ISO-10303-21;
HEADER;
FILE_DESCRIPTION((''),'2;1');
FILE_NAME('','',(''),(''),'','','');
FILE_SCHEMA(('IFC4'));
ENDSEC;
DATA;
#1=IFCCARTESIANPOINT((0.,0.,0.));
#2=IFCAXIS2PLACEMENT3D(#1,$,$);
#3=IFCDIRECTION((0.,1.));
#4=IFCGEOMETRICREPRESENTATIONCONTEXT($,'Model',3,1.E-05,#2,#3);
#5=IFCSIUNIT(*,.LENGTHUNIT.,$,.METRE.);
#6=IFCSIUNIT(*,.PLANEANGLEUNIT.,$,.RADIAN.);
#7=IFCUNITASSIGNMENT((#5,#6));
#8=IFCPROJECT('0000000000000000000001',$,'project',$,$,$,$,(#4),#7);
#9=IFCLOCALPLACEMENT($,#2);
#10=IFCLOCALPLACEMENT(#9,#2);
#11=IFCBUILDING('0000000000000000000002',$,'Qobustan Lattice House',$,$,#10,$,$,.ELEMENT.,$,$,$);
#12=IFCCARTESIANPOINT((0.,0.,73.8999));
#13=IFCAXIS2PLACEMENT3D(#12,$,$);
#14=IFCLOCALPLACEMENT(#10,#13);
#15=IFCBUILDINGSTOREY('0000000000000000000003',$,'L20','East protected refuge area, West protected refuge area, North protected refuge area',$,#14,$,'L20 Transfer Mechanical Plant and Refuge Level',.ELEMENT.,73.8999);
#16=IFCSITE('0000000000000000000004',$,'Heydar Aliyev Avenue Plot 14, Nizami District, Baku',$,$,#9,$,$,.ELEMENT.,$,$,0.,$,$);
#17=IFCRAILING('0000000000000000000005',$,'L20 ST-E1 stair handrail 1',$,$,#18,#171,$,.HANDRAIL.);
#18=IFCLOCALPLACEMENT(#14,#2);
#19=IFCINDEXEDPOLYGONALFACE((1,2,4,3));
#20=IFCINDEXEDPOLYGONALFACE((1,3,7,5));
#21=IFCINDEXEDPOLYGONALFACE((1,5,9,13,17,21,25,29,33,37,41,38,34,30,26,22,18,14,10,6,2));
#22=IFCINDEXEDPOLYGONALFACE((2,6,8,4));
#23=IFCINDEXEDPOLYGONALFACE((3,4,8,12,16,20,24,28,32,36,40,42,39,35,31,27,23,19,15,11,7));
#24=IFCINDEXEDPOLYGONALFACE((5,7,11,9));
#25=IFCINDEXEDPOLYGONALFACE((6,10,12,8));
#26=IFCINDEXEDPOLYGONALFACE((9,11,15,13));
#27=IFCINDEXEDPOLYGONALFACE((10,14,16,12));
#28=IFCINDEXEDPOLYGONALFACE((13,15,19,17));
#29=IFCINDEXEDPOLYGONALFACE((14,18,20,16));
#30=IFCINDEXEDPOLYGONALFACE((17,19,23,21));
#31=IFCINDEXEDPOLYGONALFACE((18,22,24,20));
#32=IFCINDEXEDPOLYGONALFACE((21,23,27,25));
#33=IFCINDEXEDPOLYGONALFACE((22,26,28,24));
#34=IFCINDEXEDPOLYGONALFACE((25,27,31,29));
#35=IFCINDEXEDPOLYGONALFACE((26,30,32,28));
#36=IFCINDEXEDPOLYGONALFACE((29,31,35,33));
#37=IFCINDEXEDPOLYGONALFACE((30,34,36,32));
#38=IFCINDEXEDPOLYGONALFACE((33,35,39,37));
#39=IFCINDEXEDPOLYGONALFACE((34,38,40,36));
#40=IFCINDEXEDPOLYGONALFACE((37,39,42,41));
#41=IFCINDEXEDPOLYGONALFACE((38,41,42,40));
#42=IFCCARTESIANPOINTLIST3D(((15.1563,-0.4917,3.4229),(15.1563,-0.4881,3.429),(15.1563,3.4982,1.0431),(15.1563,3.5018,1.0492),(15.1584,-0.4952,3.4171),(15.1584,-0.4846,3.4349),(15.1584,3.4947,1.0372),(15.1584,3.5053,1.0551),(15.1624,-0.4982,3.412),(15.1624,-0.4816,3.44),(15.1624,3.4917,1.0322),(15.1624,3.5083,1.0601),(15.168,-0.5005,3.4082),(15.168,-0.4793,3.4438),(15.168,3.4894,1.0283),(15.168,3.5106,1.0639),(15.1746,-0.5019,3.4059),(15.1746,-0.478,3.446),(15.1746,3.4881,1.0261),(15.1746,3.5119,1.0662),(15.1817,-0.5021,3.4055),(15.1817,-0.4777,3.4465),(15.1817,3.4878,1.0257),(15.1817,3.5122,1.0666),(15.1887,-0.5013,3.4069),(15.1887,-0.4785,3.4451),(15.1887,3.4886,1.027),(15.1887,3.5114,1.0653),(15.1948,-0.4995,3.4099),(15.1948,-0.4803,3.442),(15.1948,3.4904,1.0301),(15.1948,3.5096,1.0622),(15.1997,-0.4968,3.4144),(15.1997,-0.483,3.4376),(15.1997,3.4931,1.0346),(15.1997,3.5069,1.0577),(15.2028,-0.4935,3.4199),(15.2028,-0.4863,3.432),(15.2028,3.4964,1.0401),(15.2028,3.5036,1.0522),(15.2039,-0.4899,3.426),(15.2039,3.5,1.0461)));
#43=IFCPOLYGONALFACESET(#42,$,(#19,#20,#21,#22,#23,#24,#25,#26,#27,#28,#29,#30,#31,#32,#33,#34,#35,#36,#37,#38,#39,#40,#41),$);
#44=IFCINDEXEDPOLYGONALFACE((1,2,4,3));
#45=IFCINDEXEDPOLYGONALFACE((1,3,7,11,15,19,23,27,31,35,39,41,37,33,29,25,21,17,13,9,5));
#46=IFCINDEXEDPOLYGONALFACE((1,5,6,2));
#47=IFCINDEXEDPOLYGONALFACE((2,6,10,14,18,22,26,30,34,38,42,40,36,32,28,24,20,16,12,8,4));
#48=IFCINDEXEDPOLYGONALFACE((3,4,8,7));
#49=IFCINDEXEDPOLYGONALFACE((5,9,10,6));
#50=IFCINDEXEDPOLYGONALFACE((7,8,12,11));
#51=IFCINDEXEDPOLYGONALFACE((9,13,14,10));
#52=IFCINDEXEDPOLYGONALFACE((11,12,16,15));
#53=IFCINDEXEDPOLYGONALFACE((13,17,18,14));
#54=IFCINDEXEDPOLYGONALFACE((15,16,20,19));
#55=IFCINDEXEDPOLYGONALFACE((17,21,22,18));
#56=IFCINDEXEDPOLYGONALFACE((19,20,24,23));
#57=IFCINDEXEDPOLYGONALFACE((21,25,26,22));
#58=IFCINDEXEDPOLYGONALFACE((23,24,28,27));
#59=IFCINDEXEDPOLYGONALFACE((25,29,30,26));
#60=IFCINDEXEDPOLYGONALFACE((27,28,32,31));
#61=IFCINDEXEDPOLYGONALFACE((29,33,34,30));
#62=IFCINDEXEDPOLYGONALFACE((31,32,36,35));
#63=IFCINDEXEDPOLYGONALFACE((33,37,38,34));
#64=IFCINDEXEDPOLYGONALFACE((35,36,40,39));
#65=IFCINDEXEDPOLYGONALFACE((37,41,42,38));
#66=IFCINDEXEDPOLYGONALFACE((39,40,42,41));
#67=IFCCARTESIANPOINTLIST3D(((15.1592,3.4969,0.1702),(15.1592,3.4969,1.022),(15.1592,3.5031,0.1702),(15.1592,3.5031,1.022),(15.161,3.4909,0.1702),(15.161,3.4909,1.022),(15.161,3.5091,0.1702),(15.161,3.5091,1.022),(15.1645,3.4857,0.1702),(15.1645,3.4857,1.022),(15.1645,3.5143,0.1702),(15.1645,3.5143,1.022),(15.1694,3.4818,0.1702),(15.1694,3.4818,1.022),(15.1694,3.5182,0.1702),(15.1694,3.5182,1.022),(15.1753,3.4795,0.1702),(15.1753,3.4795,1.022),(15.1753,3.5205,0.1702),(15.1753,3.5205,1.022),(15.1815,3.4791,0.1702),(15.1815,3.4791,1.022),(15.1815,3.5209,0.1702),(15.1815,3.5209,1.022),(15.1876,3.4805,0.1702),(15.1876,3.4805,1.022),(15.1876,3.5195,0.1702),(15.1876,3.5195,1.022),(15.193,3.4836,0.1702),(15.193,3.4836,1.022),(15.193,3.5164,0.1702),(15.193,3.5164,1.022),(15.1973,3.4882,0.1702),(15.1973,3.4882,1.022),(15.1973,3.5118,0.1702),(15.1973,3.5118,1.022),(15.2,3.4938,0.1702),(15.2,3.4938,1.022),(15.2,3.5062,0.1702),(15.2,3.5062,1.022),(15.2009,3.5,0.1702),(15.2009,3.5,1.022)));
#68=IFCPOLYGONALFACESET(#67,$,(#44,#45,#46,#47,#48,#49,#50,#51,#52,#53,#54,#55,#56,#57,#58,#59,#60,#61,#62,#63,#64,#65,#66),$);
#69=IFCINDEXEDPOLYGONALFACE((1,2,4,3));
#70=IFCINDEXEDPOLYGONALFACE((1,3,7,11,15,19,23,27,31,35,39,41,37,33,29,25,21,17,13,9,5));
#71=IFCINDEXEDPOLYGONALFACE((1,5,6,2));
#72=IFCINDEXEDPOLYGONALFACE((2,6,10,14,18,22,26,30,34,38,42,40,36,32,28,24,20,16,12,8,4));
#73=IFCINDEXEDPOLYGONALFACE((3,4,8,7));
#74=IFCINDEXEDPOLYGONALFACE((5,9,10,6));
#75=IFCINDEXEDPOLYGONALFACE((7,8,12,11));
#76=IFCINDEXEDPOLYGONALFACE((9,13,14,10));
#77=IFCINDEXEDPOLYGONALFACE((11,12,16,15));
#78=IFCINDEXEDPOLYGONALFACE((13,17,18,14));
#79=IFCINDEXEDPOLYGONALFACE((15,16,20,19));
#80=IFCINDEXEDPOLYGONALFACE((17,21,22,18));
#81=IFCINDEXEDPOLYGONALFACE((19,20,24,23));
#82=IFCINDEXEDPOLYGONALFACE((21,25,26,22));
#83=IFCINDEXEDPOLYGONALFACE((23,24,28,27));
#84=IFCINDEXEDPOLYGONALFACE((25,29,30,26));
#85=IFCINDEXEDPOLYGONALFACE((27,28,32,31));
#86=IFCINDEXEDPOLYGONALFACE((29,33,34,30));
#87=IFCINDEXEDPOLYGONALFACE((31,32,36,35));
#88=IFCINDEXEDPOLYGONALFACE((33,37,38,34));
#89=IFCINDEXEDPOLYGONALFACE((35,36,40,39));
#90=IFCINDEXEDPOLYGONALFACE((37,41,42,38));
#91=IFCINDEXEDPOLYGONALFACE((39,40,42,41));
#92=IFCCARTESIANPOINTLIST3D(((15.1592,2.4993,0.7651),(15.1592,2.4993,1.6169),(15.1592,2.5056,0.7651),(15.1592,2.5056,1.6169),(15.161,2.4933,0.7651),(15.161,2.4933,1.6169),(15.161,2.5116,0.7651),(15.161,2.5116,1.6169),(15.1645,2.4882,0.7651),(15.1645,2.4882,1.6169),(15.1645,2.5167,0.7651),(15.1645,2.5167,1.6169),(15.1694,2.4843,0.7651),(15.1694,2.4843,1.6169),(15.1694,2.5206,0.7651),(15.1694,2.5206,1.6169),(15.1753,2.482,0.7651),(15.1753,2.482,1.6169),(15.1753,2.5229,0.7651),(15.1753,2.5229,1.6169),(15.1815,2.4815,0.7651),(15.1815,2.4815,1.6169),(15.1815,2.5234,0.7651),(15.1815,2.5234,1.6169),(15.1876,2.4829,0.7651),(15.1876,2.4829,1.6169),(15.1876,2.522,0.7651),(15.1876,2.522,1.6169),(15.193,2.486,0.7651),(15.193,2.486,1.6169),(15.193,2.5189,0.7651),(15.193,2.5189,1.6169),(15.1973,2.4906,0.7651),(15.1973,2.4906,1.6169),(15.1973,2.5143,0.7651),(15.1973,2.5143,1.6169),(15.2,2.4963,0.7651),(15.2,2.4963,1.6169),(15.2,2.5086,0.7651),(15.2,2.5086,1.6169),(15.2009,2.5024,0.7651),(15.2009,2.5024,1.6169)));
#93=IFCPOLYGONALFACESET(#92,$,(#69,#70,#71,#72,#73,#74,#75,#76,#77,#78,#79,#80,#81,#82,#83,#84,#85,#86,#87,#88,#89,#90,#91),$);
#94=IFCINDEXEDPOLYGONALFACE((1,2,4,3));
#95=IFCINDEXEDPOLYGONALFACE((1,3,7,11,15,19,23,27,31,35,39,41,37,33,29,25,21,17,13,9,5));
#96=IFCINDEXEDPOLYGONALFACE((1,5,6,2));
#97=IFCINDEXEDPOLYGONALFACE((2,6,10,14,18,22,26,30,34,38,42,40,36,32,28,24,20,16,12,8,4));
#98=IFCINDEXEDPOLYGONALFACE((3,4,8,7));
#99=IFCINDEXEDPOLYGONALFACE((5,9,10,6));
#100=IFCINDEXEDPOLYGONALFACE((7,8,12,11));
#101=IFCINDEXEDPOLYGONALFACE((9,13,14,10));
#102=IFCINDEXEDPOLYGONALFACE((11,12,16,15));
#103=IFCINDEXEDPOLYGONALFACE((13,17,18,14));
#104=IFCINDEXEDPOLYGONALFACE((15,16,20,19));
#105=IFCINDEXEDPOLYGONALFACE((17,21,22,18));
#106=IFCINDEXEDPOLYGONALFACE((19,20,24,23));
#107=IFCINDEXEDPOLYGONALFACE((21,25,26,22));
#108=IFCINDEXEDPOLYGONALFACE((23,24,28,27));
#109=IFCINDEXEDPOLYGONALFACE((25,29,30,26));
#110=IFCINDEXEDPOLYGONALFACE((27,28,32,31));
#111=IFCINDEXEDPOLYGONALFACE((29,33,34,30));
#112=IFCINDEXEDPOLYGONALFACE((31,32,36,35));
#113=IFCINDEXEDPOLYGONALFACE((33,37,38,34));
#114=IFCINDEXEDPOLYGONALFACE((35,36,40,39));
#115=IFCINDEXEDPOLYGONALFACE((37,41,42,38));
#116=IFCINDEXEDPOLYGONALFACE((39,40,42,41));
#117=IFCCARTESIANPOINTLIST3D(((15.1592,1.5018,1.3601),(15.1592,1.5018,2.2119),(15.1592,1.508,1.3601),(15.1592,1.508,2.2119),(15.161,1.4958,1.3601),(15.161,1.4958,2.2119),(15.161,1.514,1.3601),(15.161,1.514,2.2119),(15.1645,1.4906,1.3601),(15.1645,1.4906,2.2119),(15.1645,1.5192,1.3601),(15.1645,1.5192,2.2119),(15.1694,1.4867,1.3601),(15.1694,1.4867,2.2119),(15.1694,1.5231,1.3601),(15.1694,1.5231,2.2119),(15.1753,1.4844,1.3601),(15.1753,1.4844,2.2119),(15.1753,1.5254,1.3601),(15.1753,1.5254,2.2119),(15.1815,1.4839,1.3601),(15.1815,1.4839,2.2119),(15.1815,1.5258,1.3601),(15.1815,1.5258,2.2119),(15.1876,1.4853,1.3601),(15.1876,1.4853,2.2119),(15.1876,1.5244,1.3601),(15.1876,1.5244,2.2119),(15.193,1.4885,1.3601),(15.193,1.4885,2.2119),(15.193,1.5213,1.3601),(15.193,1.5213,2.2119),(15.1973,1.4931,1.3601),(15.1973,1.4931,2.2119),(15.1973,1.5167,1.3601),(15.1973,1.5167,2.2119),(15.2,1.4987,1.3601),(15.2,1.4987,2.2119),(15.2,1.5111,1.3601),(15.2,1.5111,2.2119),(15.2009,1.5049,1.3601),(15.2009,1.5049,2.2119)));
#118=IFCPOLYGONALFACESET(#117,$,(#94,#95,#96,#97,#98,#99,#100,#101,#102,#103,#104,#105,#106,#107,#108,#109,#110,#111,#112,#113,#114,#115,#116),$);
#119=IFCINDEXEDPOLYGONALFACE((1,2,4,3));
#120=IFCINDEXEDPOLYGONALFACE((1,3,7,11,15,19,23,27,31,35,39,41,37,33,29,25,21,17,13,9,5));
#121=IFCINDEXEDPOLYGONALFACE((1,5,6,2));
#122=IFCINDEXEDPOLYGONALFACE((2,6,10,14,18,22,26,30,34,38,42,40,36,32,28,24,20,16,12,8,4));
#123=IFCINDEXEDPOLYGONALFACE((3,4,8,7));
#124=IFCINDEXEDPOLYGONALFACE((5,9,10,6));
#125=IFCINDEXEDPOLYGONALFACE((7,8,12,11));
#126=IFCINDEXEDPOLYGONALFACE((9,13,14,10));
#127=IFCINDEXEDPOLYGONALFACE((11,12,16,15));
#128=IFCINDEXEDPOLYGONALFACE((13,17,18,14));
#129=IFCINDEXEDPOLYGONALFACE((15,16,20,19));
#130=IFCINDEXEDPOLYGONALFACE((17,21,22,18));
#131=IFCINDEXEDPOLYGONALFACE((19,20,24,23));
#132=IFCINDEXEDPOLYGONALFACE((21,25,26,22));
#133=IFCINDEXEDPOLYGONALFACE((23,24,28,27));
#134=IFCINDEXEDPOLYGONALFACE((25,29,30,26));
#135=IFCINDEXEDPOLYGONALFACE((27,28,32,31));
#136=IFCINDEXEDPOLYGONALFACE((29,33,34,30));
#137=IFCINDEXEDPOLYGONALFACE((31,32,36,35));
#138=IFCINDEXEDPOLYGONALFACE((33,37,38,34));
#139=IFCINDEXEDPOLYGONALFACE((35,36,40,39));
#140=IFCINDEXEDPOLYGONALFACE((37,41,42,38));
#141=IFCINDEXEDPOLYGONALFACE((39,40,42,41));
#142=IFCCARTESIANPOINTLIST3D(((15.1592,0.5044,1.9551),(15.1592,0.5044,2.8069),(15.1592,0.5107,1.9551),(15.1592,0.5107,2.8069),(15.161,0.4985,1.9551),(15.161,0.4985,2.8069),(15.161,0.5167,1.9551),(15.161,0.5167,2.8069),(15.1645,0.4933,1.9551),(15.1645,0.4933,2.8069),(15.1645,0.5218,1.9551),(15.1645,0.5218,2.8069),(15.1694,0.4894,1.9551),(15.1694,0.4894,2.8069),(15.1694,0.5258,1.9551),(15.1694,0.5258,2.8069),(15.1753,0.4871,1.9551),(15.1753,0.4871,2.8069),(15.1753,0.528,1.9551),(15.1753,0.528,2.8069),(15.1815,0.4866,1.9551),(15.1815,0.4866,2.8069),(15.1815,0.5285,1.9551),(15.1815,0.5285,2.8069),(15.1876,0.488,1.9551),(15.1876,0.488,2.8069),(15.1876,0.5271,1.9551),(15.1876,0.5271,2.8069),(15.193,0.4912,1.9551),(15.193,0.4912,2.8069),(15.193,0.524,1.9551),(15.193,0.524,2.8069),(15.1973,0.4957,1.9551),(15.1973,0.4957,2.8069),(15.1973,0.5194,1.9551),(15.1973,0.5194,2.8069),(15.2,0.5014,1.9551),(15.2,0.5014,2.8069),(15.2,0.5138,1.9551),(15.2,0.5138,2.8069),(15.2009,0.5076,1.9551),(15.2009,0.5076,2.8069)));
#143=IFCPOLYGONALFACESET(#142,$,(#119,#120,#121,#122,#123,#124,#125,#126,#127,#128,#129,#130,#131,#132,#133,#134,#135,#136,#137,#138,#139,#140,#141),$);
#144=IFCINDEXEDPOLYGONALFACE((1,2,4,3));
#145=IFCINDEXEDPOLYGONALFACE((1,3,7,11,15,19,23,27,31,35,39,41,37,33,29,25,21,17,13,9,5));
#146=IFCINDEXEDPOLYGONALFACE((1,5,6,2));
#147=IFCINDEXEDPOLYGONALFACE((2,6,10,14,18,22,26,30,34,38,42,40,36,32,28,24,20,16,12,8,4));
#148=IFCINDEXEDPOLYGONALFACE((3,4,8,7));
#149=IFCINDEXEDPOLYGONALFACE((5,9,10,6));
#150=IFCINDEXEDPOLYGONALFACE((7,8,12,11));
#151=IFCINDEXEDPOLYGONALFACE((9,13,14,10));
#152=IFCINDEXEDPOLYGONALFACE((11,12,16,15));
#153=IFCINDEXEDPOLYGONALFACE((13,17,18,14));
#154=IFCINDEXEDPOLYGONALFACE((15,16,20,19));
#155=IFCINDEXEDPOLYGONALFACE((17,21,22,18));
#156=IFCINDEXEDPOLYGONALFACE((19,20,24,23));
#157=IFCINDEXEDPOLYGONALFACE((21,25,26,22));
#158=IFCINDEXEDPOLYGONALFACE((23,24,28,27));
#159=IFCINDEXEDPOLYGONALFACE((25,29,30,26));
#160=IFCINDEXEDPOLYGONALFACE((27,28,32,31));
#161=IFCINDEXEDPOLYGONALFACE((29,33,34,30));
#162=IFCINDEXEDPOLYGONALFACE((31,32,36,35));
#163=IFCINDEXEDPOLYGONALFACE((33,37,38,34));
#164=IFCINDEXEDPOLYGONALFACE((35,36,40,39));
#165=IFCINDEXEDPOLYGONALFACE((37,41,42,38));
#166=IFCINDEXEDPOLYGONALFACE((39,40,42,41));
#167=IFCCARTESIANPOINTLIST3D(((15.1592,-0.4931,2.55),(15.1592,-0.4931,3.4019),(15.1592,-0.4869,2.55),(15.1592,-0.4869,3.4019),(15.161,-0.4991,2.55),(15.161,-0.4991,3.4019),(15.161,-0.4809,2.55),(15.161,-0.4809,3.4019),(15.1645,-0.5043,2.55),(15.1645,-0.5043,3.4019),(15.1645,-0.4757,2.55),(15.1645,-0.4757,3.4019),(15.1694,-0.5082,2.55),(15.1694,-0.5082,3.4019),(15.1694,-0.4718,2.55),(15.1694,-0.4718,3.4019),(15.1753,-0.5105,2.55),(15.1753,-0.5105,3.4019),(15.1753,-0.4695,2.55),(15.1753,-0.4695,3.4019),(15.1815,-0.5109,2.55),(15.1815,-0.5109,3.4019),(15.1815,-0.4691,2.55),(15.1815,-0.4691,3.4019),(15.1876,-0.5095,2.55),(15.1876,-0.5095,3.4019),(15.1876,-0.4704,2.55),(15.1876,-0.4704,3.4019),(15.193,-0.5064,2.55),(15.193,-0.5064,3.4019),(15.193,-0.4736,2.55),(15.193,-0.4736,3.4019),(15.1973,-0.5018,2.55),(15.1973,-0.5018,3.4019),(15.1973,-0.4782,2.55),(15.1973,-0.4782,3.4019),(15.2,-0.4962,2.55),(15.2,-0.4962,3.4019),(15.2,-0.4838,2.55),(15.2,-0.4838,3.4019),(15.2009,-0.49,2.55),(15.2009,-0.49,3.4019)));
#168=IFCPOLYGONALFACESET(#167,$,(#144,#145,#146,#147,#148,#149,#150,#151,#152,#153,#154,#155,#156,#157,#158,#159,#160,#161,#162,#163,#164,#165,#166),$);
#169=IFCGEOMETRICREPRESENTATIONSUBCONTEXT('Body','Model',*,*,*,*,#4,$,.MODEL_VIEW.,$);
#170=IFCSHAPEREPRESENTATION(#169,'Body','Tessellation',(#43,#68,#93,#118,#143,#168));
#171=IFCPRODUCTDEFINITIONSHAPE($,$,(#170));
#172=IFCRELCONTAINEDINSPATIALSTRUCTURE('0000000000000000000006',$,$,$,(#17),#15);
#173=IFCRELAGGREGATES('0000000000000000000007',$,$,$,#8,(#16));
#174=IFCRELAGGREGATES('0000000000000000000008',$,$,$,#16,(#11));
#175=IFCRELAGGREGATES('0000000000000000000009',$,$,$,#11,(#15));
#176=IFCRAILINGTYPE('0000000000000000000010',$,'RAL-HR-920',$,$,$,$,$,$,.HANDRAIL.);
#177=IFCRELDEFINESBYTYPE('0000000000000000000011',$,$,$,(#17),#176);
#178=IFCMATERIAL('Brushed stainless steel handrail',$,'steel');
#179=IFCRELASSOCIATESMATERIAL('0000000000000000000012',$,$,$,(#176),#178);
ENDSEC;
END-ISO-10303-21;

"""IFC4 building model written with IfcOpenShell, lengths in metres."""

from ifc_helpers import new_model, si_unit, direction, frame, origin, origin_2d, place, context, subcontext, project, spatial, circle, extrude, material, type_object, element, save


model = new_model("IFC4")

# Units and contexts
model_context = context("Model", 3, precision=1e-05, world=origin(), true_north=direction((0.0, 1.0)))
body_context = subcontext(model_context, "Body", "Model", "MODEL_VIEW")
ifc_project = project(units=[si_unit("LENGTHUNIT", "METRE"), si_unit("PLANEANGLEUNIT", "RADIAN")], contexts=[model_context])

# Site, building, storey
site_placement = place(None, origin())
site = spatial("IfcSite", under=ifc_project, at=site_placement, Name="Heydar Aliyev Avenue Plot 14, Nizami District, Baku", CompositionType="ELEMENT", RefElevation=0.0)
building_placement = place(site_placement, origin())
building = spatial("IfcBuilding", under=site, at=building_placement, Name="Qobustan Lattice House", CompositionType="ELEMENT")
storey_placement = place(building_placement, frame((0.0, 0.0, 73.8999)))
storey = spatial("IfcBuildingStorey", under=building, at=storey_placement, Name="L20", Description="East protected refuge area, West protected refuge area, North protected refuge area", LongName="L20 Transfer Mechanical Plant and Refuge Level", CompositionType="ELEMENT", Elevation=73.8999)

# Railing
ifc_material_1 = material(Name="Brushed stainless steel handrail", Category="steel")
railing_type_1 = type_object("IfcRailingType", Name="RAL-HR-920", PredefinedType="HANDRAIL", material=ifc_material_1)
railing_1_placement = place(storey_placement, frame((15.1799, 3.5, 0.1702)))
element("IfcRailing", 1, at=railing_1_placement, inside=storey, type_object=railing_type_1, Name="L20 ST-E1 stair handrail 1", PredefinedType="HANDRAIL", context=body_context, shape_type="SweptSolid", body=[
    extrude(circle(Radius=0.0239, at=origin_2d()), frame((0.0, 0.0, 0.876), z_axis=(0.0, -0.85883, 0.512261), x_axis=(1.0, 0.0, 0.0)), (0.0, 0.0, 1.0), 4.6458),
    extrude(circle(Radius=0.021, at=origin_2d()), origin(), (0.0, 0.0, 1.0), 0.8518),
    extrude(circle(Radius=0.021, at=origin_2d()), frame((0.0, -0.9976, 0.595)), (0.0, 0.0, 1.0), 0.8518),
    extrude(circle(Radius=0.021, at=origin_2d()), frame((0.0, -1.9951, 1.1899)), (0.0, 0.0, 1.0), 0.8518),
    extrude(circle(Radius=0.021, at=origin_2d()), frame((0.0, -2.9924, 1.7849)), (0.0, 0.0, 1.0), 0.8518),
    extrude(circle(Radius=0.021, at=origin_2d()), frame((0.0, -3.99, 2.3799)), (0.0, 0.0, 1.0), 0.8518),
])

save(model, "model.ifc")
